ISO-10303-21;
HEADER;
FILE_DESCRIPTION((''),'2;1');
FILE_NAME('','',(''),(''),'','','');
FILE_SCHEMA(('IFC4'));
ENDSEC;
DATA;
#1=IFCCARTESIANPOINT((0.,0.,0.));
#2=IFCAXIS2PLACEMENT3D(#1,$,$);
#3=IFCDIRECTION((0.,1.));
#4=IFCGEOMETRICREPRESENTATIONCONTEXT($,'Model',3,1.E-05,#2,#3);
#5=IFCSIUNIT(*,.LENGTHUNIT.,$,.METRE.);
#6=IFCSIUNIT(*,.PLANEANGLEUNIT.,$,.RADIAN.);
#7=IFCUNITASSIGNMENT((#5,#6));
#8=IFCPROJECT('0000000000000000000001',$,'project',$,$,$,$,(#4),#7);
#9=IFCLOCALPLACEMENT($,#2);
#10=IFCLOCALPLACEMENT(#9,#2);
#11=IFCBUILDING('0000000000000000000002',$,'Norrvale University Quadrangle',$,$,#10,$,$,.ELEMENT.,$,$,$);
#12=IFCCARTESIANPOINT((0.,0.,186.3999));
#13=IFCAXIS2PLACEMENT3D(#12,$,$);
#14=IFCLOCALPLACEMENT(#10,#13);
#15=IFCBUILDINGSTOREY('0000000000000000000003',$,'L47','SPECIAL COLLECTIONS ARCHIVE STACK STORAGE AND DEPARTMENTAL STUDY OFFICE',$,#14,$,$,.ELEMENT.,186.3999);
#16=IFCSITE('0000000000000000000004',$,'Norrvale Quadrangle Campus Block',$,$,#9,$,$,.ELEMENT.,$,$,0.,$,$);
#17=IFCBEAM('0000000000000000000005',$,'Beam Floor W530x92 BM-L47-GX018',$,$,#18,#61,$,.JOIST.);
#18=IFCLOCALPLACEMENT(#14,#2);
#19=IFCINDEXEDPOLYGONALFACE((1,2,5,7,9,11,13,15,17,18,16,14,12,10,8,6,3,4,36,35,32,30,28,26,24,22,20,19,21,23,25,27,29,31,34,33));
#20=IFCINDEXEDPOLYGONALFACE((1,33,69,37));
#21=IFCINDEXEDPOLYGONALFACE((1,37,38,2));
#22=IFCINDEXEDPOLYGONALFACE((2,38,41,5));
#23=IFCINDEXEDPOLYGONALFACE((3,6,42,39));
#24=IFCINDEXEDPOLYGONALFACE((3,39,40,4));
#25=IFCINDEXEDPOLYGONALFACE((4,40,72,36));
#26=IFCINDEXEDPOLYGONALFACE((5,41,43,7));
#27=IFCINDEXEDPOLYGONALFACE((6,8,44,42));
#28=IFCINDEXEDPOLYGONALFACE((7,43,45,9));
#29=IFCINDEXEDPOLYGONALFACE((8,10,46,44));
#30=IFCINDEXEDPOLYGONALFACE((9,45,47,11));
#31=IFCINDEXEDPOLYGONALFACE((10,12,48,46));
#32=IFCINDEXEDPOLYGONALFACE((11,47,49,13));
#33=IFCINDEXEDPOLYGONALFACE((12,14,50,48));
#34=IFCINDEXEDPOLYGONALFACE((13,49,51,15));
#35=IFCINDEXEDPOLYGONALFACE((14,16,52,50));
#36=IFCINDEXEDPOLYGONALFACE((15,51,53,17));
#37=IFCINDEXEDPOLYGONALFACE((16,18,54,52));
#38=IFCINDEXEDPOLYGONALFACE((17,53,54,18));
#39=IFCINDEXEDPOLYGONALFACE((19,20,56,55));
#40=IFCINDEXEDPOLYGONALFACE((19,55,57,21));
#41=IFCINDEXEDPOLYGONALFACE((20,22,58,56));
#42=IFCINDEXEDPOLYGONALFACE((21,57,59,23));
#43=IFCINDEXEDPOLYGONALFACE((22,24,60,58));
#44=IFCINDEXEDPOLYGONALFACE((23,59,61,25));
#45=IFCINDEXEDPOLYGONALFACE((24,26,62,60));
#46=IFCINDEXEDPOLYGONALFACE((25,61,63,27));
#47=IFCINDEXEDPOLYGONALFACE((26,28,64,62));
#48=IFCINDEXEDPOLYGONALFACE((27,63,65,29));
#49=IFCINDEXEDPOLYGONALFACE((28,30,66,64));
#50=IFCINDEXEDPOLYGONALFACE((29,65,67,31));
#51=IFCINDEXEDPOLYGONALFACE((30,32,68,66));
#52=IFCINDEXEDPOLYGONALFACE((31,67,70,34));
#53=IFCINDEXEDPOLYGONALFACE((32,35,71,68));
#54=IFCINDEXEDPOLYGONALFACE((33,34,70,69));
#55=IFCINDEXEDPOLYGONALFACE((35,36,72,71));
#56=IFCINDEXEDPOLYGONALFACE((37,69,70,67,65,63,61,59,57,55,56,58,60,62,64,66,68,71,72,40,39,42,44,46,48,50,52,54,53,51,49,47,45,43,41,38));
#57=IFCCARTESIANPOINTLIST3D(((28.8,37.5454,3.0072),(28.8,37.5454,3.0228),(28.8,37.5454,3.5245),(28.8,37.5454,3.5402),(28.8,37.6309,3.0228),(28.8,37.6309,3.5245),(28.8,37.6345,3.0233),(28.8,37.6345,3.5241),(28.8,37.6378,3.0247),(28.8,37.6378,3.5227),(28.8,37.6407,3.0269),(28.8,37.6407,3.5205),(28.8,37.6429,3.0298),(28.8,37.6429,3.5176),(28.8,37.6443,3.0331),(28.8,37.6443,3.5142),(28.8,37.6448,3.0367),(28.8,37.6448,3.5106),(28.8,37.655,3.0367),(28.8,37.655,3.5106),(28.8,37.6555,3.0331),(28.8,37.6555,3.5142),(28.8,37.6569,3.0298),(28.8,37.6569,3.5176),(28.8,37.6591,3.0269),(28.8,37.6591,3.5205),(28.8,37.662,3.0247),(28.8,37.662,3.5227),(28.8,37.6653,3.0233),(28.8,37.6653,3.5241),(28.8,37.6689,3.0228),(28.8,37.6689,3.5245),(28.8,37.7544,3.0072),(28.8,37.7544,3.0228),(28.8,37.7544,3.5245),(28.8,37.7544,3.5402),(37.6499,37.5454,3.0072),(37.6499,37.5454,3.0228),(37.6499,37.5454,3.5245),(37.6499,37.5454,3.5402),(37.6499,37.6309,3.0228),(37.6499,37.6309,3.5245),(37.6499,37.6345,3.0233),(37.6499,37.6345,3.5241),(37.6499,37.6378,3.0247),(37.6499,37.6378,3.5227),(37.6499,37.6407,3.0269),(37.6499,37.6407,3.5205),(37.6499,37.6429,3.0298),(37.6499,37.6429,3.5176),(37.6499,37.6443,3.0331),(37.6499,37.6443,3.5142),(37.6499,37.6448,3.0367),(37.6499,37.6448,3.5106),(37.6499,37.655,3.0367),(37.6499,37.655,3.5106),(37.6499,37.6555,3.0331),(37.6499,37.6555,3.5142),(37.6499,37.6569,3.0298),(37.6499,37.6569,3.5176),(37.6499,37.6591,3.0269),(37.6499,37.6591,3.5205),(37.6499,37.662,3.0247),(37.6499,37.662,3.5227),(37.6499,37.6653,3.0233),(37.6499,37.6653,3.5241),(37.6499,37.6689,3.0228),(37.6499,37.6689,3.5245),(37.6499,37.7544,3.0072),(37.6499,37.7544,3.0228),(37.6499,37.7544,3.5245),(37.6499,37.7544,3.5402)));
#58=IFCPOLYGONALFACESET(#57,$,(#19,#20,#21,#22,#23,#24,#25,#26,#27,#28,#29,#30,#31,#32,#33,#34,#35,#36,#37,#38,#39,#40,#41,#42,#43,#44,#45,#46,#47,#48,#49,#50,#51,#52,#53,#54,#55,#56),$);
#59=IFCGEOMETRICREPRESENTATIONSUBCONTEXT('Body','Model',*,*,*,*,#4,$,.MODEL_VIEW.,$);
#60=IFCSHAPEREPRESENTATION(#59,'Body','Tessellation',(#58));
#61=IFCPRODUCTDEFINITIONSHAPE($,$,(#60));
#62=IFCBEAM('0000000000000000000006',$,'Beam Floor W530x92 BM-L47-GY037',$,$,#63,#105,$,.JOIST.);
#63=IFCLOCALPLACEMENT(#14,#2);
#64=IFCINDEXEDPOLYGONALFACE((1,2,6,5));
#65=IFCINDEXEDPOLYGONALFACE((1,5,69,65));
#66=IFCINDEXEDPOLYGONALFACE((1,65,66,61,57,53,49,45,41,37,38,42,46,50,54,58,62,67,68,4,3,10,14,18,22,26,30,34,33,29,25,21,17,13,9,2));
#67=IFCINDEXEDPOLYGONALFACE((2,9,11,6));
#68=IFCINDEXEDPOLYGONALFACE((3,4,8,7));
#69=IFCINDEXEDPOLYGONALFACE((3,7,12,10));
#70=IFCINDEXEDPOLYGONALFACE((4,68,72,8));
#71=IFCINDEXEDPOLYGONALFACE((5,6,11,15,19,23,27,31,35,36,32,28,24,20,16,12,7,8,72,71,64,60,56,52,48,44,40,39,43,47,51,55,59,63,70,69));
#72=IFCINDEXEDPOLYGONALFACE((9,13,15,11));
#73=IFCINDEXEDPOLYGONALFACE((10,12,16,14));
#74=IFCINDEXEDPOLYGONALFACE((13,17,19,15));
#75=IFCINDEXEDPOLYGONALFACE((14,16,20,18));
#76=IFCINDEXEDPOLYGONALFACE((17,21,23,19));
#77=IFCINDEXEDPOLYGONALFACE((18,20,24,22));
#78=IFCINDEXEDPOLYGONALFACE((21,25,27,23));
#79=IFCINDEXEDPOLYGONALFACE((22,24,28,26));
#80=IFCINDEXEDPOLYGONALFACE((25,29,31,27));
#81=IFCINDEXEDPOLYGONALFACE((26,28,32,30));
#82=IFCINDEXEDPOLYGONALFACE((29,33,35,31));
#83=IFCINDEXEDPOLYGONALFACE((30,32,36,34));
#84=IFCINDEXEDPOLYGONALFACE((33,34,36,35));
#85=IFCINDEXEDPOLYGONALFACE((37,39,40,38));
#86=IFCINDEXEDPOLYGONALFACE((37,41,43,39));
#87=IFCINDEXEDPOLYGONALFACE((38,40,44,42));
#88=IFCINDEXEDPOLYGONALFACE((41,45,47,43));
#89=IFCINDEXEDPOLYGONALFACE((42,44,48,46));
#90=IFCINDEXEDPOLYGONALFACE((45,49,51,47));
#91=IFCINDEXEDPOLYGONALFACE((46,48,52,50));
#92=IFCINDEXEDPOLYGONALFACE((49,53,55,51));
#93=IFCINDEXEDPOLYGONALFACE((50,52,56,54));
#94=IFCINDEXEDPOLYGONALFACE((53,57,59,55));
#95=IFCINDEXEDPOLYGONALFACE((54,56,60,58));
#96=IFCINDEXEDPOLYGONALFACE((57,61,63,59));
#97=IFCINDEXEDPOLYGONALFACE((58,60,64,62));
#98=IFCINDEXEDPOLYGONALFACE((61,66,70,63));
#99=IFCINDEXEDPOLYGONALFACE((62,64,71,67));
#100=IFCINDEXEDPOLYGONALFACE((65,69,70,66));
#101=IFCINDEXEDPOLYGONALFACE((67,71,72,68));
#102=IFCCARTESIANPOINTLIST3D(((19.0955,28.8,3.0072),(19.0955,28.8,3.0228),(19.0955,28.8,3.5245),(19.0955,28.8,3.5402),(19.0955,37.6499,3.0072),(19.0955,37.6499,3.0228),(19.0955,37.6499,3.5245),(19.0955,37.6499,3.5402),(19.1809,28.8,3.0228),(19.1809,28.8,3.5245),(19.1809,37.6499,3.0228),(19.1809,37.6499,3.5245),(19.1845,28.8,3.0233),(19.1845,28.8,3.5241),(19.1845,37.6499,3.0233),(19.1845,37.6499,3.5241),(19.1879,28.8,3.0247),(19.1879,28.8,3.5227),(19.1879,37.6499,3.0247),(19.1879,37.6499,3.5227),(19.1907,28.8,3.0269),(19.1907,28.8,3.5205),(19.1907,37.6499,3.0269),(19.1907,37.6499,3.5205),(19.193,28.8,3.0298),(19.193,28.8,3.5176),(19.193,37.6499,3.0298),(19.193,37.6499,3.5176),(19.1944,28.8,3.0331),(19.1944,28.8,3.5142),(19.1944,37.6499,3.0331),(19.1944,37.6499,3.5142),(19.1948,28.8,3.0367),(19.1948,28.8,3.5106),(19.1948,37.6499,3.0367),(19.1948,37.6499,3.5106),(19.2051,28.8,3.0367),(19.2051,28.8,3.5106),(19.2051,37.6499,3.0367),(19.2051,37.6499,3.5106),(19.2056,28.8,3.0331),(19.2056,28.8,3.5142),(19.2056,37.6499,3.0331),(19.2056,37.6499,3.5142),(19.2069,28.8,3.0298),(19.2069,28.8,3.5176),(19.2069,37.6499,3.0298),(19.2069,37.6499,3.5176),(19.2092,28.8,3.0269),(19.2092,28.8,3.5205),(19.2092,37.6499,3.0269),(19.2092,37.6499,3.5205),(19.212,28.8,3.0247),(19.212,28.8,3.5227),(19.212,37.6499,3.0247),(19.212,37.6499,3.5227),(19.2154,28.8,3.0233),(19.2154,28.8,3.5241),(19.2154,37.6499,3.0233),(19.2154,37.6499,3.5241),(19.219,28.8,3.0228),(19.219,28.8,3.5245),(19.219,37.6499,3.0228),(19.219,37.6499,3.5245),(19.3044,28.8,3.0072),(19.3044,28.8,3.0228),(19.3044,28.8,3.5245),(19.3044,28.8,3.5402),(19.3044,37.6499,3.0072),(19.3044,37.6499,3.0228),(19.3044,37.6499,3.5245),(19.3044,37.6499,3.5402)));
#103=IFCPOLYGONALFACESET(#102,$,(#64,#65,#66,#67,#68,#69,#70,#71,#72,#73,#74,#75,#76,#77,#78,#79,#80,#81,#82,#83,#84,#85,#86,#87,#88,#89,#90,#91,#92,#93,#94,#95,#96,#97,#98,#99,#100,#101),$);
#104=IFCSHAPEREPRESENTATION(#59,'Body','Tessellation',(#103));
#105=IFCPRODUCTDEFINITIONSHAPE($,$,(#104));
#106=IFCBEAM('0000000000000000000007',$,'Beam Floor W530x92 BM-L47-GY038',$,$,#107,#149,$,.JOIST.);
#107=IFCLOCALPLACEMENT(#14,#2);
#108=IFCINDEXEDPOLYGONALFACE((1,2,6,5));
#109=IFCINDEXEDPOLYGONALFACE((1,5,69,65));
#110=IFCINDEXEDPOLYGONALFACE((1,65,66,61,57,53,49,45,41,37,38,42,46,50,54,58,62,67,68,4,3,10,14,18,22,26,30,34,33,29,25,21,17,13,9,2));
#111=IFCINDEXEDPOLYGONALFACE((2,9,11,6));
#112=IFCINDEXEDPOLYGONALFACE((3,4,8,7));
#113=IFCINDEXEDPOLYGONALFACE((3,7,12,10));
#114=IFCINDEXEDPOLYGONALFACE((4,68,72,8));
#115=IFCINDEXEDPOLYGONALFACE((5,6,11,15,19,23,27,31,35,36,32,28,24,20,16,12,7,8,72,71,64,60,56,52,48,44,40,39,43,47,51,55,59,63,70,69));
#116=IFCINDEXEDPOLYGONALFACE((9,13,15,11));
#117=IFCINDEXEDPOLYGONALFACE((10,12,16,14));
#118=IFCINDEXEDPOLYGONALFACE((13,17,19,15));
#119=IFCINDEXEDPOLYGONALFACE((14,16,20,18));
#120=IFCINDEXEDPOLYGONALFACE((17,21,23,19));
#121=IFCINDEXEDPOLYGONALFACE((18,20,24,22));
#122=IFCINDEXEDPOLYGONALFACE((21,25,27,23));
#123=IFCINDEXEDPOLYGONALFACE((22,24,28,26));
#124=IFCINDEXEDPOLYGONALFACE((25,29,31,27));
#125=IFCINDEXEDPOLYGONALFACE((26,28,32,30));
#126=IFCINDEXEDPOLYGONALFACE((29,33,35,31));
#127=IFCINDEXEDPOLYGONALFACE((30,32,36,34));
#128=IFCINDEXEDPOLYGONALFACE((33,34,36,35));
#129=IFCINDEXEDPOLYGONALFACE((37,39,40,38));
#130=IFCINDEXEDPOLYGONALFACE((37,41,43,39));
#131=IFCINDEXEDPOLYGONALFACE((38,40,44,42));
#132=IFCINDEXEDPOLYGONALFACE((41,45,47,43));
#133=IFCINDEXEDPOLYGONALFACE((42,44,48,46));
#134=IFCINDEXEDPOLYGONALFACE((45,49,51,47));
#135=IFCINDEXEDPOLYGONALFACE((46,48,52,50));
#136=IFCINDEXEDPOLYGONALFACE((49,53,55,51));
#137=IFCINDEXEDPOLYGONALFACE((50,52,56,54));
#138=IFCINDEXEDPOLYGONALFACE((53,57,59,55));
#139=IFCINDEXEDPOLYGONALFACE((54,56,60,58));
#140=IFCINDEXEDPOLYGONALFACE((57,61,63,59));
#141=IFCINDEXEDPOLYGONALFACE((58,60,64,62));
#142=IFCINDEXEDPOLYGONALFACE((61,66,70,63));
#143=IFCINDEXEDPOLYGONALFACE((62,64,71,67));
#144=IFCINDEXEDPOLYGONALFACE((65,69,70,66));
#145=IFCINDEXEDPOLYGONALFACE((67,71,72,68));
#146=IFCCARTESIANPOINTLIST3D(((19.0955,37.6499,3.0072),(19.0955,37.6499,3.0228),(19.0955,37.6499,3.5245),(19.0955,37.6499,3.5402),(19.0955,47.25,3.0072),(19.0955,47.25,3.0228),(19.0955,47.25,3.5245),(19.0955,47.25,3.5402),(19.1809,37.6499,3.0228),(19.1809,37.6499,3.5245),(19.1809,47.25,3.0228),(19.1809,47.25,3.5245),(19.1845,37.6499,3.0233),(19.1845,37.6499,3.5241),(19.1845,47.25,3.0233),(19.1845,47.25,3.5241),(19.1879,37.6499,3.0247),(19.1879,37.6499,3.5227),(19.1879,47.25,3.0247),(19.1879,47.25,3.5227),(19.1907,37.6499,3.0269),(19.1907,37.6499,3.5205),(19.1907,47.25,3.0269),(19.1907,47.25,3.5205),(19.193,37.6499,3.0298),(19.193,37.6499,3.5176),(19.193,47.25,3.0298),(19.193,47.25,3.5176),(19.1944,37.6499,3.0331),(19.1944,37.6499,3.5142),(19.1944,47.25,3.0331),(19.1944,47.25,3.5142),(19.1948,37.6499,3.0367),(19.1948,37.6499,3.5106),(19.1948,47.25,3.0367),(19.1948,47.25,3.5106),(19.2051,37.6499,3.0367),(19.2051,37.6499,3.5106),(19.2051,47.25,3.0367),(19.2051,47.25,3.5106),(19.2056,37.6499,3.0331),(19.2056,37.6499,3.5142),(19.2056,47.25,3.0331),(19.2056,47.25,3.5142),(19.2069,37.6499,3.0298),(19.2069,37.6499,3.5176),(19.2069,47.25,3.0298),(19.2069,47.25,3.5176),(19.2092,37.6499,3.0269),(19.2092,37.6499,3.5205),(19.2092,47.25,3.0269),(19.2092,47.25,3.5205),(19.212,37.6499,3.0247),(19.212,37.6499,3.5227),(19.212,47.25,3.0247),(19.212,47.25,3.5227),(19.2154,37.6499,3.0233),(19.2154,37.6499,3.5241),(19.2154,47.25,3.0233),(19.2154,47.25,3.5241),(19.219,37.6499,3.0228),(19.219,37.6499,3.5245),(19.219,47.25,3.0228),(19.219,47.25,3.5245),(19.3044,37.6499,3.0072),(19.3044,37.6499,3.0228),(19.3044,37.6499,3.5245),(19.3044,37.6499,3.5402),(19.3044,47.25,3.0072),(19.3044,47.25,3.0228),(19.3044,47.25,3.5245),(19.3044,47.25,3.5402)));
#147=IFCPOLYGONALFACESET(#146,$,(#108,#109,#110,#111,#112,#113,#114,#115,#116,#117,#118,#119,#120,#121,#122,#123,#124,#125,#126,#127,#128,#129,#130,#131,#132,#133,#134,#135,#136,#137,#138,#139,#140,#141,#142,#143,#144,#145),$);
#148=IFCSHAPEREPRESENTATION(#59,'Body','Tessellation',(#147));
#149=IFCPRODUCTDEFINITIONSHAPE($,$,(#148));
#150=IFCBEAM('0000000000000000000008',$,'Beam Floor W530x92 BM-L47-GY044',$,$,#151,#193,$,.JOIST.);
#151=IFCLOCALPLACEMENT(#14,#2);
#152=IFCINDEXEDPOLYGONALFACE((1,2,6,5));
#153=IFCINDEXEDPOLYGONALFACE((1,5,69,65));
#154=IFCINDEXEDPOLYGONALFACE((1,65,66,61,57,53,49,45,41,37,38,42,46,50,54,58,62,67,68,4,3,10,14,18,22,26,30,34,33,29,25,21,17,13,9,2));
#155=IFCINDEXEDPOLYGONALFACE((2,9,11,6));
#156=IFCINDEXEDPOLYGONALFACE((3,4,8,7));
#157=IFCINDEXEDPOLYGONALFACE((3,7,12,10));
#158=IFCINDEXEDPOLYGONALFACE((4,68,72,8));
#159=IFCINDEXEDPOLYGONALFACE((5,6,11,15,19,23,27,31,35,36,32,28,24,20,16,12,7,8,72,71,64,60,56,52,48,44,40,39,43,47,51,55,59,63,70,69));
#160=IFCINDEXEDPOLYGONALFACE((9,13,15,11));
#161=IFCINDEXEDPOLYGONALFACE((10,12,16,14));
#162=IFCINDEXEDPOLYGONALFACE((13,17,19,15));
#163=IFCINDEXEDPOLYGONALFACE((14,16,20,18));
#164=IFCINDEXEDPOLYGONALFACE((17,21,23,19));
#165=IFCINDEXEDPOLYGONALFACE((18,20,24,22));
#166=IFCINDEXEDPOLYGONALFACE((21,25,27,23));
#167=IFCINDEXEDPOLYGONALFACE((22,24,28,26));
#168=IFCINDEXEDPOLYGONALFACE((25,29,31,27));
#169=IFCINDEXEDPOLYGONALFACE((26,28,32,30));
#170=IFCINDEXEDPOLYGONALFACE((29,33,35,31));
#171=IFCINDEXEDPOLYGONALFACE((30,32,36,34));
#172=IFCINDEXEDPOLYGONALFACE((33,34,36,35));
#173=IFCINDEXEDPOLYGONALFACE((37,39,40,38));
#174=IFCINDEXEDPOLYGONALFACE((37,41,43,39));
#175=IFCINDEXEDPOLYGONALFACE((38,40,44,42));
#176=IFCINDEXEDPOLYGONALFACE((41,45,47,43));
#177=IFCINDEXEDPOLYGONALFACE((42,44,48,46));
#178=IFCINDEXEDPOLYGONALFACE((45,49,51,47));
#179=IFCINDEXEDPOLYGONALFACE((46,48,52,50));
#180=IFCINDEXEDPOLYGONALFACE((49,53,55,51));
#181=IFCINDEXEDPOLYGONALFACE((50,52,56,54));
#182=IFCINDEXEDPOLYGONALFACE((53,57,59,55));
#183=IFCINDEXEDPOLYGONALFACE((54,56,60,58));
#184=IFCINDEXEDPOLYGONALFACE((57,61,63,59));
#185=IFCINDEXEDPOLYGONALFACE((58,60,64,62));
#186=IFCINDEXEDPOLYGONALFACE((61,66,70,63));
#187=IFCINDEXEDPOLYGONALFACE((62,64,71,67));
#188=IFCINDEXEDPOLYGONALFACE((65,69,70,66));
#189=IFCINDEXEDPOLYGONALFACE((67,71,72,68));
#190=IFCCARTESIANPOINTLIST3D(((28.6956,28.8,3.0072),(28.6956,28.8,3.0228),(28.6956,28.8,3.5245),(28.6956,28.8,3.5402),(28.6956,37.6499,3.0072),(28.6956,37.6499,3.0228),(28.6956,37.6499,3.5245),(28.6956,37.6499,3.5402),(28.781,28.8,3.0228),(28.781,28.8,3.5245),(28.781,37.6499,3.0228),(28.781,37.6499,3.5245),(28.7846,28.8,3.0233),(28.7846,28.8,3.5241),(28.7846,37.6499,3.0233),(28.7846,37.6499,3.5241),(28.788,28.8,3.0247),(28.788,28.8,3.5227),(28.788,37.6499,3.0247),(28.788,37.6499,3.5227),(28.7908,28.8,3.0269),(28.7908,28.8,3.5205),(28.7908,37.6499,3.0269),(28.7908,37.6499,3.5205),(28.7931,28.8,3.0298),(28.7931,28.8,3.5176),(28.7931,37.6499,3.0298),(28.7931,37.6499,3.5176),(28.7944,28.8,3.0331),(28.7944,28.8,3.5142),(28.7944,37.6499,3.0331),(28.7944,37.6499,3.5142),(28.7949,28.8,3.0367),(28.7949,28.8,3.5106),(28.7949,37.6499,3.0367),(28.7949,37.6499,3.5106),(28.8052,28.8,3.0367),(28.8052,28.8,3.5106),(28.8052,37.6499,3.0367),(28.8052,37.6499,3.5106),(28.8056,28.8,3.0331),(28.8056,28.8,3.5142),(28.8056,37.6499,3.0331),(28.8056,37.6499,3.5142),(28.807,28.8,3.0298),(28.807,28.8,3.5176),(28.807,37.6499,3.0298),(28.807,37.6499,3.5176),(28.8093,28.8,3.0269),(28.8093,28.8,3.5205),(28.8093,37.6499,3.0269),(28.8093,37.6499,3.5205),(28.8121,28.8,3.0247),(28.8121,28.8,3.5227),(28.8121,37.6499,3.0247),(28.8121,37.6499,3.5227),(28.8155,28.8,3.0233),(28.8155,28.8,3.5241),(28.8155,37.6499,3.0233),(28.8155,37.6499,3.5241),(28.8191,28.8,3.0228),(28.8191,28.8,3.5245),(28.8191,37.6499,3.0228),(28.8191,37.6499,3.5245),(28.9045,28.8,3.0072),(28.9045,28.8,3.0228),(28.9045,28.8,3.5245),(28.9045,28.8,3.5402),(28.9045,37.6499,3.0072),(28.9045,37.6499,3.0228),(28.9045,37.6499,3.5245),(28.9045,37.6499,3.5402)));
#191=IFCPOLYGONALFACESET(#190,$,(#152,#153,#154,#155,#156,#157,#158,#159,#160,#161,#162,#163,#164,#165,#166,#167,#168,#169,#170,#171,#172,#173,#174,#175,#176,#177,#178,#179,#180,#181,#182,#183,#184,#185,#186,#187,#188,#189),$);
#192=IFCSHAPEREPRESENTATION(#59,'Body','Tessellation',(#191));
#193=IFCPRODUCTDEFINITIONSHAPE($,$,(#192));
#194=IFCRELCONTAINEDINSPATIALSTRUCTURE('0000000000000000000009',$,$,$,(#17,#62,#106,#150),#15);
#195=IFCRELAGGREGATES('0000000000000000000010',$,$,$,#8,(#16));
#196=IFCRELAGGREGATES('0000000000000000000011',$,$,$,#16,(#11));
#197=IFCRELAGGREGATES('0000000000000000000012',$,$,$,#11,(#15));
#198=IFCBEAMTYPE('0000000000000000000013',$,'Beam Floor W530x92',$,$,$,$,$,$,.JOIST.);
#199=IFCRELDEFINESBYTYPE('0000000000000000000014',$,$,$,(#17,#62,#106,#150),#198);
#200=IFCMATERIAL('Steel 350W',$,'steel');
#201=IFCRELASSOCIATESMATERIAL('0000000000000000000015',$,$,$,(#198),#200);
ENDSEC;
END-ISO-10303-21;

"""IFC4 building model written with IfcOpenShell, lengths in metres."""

from ifc_helpers import new_model, si_unit, direction, frame, origin, origin_2d, place, context, subcontext, project, spatial, i_section, extrude, material, material_profile, profile_set, type_object, element, save


model = new_model("IFC4")

# Units and contexts
model_context = context("Model", 3, precision=1e-05, world=origin(), true_north=direction((0.0, 1.0)))
body_context = subcontext(model_context, "Body", "Model", "MODEL_VIEW")
ifc_project = project(units=[si_unit("LENGTHUNIT", "METRE"), si_unit("PLANEANGLEUNIT", "RADIAN")], contexts=[model_context])

# Site, building, storey
site_placement = place(None, origin())
site = spatial("IfcSite", under=ifc_project, at=site_placement, Name="Norrvale Quadrangle Campus Block", CompositionType="ELEMENT", RefElevation=0.0)
building_placement = place(site_placement, origin())
building = spatial("IfcBuilding", under=site, at=building_placement, Name="Norrvale University Quadrangle", CompositionType="ELEMENT")
storey_placement = place(building_placement, frame((0.0, 0.0, 186.3999)))
storey = spatial("IfcBuildingStorey", under=building, at=storey_placement, Name="L47", Description="SPECIAL COLLECTIONS ARCHIVE STACK STORAGE AND DEPARTMENTAL STUDY OFFICE", CompositionType="ELEMENT", Elevation=186.3999)

# Beams
ifc_material_1 = material(Name="Steel 350W", Category="steel")
ifc_material_profile_1 = material_profile(ifc_material_1, i_section(OverallWidth=0.209, OverallDepth=0.533, WebThickness=0.0103, FlangeThickness=0.0156, FilletRadius=0.0139, at=origin_2d()), Name="Steel 350W")
ifc_profile_set_1 = profile_set([ifc_material_profile_1], Name="Steel 350W")
beam_type_1 = type_object("IfcBeamType", Name="Beam Floor W530x92", PredefinedType="JOIST", material=ifc_profile_set_1)
for number, where, z_axis, x_axis, name in (
    (1, (28.8, 37.6499, 3.2737), (1.0, 0.0, 0.0), (0.0, 1.0, 0.0), "Beam Floor W530x92 BM-L47-GX018"),
    (2, (19.2, 28.8, 3.2737), (0.0, 1.0, 0.0), (-1.0, 0.0, 0.0), "Beam Floor W530x92 BM-L47-GY037"),
):
    element("IfcBeam", number, at=place(storey_placement, frame(where, z_axis=z_axis, x_axis=x_axis)), inside=storey, type_object=beam_type_1, Name=name, PredefinedType="JOIST", context=body_context, shape_type="SweptSolid", body=[
        extrude(i_section(OverallWidth=0.209, OverallDepth=0.533, WebThickness=0.0103, FlangeThickness=0.0156, FilletRadius=0.0139, at=origin_2d()), origin(), (0.0, 0.0, 1.0), 8.8499),
    ])
beam_1_placement = place(storey_placement, frame((19.2, 37.6499, 3.2737), z_axis=(0.0, 1.0, 0.0), x_axis=(-1.0, 0.0, 0.0)))
element("IfcBeam", 3, at=beam_1_placement, inside=storey, type_object=beam_type_1, Name="Beam Floor W530x92 BM-L47-GY038", PredefinedType="JOIST", context=body_context, shape_type="SweptSolid", body=[
    extrude(i_section(OverallWidth=0.209, OverallDepth=0.533, WebThickness=0.0103, FlangeThickness=0.0156, FilletRadius=0.0139, at=origin_2d()), origin(), (0.0, 0.0, 1.0), 9.6001),
])
beam_2_placement = place(storey_placement, frame((28.8, 28.8, 3.2737), z_axis=(0.0, 1.0, 0.0), x_axis=(-1.0, 0.0, 0.0)))
element("IfcBeam", 4, at=beam_2_placement, inside=storey, type_object=beam_type_1, Name="Beam Floor W530x92 BM-L47-GY044", PredefinedType="JOIST", context=body_context, shape_type="SweptSolid", body=[
    extrude(i_section(OverallWidth=0.209, OverallDepth=0.533, WebThickness=0.0103, FlangeThickness=0.0156, FilletRadius=0.0139, at=origin_2d()), origin(), (0.0, 0.0, 1.0), 8.8499),
])

save(model, "model.ifc")
